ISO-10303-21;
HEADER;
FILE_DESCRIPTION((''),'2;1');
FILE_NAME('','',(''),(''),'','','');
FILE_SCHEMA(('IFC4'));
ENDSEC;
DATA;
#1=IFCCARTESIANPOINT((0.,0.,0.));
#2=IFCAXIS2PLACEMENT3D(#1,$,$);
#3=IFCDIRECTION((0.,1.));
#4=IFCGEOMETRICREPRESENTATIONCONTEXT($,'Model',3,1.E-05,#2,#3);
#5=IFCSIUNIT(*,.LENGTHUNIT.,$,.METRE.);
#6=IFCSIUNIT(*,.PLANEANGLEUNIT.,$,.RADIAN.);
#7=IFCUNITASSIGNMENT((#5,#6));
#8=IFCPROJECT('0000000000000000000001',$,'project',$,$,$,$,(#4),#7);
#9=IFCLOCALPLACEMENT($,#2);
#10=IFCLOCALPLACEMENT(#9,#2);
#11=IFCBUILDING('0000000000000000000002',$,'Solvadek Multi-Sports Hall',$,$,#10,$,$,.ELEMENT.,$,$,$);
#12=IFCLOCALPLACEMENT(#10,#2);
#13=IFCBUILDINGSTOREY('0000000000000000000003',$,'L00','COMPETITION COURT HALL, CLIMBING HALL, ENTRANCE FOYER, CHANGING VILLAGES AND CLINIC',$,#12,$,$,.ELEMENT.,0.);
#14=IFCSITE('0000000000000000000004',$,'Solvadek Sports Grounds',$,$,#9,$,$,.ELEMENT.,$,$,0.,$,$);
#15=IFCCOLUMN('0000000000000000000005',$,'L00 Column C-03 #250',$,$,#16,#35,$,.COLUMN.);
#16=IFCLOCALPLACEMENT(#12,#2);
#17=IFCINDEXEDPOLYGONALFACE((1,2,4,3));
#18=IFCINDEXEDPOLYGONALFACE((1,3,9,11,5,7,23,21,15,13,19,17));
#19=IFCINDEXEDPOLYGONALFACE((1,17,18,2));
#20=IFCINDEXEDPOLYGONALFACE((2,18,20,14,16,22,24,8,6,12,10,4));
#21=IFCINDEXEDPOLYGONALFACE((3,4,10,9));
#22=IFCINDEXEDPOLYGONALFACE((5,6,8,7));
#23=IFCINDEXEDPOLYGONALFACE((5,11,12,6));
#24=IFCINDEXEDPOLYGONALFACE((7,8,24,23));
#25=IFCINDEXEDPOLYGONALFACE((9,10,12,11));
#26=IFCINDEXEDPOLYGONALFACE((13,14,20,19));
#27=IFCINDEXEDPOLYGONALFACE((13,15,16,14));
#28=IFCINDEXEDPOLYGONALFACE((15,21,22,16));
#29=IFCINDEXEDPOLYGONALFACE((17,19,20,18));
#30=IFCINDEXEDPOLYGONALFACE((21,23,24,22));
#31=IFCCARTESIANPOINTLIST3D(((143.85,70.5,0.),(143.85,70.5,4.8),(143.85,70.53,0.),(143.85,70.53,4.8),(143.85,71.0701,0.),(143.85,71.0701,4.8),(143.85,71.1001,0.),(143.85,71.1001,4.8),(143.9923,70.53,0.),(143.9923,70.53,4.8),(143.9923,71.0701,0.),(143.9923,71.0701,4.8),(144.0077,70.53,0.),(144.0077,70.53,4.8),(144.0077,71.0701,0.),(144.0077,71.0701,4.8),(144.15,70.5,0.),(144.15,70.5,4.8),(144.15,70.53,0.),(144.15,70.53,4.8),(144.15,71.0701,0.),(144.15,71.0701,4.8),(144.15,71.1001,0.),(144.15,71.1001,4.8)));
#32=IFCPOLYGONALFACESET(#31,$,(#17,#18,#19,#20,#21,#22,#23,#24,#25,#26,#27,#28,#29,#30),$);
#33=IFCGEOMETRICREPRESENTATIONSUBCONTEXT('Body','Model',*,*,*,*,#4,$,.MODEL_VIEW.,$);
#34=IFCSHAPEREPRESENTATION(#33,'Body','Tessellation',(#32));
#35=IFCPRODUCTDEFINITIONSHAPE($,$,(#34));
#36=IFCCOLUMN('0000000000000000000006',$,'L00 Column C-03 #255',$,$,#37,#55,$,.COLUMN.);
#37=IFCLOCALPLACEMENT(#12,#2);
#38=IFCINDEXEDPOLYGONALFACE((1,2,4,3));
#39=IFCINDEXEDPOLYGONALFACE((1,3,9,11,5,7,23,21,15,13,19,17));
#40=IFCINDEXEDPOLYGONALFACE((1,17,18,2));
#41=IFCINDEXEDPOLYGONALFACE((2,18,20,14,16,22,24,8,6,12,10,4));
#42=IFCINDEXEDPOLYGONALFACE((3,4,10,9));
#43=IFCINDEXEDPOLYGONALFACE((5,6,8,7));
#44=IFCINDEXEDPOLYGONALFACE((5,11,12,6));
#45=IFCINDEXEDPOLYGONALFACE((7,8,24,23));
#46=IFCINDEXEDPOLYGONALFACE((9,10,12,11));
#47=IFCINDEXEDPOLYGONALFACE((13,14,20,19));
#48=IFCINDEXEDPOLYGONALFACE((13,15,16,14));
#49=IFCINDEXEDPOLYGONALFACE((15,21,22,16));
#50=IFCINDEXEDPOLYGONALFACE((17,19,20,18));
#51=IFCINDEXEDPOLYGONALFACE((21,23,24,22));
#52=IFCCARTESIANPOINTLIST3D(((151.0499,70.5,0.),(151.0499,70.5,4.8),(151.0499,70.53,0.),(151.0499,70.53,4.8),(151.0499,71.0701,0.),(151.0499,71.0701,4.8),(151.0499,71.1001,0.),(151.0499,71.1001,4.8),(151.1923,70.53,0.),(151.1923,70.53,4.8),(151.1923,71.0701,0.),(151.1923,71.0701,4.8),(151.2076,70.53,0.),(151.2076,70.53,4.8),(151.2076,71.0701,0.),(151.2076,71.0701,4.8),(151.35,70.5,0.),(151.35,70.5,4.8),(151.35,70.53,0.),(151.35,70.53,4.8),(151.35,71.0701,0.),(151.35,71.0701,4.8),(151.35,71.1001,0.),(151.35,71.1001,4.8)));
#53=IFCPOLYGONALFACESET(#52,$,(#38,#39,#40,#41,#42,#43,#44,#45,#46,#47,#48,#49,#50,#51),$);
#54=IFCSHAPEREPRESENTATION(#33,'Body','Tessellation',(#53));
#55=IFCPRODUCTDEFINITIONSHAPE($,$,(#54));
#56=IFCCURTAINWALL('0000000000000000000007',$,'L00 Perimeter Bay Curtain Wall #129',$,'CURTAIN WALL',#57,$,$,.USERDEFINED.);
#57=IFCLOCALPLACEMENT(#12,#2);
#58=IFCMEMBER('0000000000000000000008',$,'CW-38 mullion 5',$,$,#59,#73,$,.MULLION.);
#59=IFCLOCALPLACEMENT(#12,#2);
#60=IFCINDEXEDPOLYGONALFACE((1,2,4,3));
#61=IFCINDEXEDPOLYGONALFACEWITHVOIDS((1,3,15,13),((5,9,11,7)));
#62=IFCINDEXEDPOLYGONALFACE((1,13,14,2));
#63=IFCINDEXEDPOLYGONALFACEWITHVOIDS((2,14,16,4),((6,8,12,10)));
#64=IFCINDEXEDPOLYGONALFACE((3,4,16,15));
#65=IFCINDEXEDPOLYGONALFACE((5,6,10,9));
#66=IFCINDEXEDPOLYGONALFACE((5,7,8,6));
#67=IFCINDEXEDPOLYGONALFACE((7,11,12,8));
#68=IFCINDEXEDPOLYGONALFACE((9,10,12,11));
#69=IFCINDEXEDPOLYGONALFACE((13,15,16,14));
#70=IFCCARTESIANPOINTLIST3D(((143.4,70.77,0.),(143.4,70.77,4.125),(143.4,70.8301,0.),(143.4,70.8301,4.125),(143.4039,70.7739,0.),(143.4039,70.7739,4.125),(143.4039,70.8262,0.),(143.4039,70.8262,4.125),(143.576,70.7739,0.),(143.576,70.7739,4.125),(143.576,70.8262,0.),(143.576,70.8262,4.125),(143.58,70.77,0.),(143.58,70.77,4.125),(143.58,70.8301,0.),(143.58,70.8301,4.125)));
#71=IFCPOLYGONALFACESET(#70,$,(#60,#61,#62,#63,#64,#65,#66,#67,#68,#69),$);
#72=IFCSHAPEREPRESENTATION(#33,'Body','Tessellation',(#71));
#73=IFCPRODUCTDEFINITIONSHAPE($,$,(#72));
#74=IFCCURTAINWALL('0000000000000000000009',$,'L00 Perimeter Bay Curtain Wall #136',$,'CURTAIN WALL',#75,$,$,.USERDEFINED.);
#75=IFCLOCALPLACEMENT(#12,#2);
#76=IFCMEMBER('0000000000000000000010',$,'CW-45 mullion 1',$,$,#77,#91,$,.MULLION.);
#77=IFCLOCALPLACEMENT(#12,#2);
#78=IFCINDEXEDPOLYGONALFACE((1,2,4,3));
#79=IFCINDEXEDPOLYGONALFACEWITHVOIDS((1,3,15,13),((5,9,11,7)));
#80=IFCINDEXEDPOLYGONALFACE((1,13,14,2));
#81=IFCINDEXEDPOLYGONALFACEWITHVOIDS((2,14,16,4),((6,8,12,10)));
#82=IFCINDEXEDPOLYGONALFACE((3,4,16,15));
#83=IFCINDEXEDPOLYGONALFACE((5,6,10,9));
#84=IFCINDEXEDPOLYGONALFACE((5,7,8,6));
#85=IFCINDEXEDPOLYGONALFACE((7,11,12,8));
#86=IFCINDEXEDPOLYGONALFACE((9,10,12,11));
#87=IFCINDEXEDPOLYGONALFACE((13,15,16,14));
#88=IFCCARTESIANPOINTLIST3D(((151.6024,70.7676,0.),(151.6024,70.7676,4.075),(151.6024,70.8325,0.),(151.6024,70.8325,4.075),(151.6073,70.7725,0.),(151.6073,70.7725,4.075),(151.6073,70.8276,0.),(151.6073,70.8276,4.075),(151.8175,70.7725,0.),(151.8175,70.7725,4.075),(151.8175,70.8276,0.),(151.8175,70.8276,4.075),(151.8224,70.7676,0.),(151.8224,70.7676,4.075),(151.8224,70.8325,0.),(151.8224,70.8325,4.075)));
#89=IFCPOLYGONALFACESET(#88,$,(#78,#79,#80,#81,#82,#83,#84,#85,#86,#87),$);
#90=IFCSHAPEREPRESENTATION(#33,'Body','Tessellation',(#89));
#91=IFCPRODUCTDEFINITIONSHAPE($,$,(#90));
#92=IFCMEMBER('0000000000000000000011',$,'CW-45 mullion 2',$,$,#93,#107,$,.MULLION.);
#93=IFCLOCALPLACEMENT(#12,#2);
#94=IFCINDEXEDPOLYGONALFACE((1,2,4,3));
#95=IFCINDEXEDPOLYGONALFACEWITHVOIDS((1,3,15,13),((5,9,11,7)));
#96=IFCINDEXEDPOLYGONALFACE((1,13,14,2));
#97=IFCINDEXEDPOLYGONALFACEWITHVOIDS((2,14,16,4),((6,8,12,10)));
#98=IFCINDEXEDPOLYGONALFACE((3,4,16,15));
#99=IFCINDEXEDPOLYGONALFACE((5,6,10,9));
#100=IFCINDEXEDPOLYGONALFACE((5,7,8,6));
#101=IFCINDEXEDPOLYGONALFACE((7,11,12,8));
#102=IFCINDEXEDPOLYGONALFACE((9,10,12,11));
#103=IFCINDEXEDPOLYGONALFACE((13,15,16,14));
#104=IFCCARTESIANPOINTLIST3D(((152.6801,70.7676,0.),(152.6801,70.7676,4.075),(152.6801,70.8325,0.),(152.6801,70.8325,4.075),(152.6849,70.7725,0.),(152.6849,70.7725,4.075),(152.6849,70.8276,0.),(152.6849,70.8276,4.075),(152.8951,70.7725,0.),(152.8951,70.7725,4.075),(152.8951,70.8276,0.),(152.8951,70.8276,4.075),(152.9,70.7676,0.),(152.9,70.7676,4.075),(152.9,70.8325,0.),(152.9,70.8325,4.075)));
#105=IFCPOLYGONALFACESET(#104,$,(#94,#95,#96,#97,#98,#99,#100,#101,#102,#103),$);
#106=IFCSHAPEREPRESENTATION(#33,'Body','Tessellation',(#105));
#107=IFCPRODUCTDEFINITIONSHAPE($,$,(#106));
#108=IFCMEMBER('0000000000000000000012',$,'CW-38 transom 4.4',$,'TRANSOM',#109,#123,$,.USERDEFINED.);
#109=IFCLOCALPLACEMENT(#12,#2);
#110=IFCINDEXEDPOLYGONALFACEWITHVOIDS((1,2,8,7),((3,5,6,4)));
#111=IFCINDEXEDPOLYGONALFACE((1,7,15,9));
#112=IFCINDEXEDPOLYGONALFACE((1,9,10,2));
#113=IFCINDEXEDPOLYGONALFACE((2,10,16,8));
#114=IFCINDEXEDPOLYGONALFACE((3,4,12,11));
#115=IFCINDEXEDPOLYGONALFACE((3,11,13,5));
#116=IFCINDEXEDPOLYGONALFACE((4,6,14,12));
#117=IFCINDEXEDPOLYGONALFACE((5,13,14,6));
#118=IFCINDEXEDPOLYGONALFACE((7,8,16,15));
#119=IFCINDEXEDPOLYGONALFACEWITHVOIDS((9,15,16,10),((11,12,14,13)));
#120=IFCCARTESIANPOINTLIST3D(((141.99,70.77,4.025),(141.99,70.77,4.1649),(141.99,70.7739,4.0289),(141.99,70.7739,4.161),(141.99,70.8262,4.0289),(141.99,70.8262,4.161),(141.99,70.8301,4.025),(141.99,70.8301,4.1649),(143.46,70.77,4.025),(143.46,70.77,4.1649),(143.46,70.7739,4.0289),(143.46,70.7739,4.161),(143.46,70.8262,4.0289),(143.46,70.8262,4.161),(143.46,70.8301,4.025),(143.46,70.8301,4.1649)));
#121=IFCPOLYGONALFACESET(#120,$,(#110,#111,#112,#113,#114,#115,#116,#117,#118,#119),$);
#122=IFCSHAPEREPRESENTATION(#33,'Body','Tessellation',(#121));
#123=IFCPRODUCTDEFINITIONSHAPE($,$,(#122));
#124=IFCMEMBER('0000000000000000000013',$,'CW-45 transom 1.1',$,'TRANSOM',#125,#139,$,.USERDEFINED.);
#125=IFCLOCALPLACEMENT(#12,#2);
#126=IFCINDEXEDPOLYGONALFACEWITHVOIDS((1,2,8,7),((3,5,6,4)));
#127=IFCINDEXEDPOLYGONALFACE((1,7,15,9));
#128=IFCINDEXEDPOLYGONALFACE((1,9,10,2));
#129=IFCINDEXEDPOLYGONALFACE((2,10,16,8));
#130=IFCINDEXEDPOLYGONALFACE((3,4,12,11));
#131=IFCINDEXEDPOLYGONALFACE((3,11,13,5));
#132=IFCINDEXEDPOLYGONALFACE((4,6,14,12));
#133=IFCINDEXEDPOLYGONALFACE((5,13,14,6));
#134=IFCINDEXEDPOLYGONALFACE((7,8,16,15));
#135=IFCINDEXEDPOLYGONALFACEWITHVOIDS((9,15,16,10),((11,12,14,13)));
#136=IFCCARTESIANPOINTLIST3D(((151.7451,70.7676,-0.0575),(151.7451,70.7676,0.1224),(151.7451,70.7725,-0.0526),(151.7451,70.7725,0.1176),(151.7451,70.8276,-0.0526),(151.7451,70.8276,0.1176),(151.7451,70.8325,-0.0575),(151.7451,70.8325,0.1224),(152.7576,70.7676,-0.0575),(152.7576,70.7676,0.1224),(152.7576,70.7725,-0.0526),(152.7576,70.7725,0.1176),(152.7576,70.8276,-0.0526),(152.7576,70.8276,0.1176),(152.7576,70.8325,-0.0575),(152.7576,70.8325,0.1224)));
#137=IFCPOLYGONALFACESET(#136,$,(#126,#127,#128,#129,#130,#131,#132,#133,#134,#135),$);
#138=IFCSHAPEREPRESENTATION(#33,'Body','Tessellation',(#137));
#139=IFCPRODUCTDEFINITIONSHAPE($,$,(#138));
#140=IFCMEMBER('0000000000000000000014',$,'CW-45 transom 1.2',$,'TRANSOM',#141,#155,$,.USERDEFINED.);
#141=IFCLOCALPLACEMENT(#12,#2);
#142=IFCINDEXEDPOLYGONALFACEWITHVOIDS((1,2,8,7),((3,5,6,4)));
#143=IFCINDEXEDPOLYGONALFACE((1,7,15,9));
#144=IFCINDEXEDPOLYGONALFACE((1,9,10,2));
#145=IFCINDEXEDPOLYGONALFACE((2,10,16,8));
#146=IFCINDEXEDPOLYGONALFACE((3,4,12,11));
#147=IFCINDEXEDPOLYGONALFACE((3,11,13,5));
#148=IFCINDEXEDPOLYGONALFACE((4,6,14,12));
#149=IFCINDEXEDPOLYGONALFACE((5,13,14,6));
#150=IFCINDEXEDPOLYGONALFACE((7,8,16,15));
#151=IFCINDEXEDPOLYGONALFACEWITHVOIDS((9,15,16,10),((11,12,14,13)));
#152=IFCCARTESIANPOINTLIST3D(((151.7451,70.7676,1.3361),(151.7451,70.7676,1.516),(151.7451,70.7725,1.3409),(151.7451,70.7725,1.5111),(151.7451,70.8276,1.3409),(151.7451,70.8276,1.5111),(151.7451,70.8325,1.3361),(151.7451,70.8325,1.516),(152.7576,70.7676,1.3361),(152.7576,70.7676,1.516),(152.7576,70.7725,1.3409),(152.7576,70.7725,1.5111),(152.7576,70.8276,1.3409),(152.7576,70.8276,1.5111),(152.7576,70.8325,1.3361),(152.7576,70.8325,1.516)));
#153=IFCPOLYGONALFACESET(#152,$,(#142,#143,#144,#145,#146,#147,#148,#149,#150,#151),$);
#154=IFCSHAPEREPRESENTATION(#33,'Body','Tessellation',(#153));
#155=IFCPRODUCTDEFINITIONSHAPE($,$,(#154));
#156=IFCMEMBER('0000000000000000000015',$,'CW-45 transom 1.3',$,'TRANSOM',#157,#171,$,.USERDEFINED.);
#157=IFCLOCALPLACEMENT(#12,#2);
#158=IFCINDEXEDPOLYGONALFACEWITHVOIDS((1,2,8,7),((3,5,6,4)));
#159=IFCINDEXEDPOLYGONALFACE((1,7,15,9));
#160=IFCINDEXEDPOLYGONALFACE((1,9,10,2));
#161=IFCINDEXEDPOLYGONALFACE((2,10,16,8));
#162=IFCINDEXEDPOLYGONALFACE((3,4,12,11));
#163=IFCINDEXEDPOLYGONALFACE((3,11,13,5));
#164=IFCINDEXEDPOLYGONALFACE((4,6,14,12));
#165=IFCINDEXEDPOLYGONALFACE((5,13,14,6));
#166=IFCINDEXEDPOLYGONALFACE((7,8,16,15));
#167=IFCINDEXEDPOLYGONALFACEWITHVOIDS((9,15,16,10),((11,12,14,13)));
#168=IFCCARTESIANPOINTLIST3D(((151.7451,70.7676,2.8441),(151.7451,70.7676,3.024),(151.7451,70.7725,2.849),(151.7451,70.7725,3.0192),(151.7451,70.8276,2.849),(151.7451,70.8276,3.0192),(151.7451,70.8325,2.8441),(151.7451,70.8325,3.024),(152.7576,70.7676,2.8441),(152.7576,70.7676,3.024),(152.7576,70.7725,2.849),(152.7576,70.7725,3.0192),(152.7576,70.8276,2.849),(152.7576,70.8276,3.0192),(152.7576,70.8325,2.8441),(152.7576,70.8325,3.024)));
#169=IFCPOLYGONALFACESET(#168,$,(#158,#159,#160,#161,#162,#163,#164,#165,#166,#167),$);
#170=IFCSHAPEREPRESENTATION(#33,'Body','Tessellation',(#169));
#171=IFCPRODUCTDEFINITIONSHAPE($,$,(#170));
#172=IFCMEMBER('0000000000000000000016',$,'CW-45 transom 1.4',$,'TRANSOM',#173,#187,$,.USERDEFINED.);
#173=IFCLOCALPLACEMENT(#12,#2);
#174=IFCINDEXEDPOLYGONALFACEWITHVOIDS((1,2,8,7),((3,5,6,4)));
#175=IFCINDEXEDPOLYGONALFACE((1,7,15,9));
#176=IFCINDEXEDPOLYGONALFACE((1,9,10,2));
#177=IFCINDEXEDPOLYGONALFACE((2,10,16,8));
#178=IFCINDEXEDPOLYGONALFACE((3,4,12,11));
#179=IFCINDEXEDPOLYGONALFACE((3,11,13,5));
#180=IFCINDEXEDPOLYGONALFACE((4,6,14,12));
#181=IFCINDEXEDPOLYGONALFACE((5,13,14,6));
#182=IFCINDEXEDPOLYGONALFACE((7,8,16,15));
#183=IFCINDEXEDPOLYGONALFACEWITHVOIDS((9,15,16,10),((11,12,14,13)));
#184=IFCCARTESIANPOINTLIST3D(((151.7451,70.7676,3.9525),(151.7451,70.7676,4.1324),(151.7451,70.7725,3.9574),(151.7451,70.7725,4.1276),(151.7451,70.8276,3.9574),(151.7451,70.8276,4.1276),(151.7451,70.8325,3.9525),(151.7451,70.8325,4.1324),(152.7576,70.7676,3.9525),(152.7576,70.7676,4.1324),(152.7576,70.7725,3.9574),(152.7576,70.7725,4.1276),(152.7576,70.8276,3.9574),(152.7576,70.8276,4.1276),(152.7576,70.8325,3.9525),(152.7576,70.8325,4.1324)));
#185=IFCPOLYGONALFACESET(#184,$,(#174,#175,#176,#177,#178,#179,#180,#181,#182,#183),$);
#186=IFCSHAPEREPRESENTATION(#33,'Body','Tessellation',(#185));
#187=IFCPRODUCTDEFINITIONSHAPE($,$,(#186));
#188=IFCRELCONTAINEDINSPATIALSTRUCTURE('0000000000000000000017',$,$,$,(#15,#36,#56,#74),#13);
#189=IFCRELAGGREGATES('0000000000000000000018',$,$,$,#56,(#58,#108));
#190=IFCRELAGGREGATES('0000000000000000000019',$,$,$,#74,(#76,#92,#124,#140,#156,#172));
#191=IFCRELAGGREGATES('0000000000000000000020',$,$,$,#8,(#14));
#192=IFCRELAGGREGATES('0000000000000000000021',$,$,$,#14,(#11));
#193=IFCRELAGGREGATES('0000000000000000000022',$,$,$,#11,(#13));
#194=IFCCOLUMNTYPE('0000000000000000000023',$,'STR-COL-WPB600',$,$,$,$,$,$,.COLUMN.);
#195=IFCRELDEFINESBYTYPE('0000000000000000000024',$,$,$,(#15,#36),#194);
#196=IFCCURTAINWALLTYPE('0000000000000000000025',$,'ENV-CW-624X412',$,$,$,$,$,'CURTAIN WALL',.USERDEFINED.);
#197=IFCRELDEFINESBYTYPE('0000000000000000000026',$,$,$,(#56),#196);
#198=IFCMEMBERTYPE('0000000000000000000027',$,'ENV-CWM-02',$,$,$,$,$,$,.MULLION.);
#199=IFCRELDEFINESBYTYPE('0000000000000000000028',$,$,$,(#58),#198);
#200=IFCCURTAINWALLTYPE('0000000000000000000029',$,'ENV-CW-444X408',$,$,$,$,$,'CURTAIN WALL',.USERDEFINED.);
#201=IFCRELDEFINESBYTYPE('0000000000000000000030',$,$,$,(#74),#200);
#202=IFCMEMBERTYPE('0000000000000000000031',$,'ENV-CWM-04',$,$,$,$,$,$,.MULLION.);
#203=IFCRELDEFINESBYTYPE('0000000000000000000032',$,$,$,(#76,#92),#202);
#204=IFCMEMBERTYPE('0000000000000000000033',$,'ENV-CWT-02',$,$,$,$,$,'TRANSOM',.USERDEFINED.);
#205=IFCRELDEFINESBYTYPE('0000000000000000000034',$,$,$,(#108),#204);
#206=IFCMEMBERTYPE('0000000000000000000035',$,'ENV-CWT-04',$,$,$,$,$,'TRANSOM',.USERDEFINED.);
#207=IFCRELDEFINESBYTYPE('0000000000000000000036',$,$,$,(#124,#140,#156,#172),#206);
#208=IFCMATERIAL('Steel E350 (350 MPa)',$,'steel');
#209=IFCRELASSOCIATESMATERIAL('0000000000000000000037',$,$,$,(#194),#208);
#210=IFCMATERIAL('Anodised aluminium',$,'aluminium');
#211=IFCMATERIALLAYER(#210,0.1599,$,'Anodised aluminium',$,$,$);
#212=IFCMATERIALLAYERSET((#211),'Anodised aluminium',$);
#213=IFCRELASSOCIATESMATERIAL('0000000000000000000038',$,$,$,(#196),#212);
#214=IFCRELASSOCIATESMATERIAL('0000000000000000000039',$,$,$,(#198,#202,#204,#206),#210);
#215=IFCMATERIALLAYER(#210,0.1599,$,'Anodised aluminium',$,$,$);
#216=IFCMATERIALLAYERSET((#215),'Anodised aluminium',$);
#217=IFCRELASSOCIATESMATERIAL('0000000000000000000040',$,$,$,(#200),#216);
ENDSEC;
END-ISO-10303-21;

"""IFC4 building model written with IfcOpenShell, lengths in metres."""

from ifc_helpers import new_model, si_unit, direction, frame, origin, origin_2d, place, context, subcontext, project, spatial, hollow_rectangle, i_section, extrude, material, layer, layer_set, material_profile, profile_set, type_object, element, aggregate, save


model = new_model("IFC4")

# Units and contexts
model_context = context("Model", 3, precision=1e-05, world=origin(), true_north=direction((0.0, 1.0)))
body_context = subcontext(model_context, "Body", "Model", "MODEL_VIEW")
ifc_project = project(units=[si_unit("LENGTHUNIT", "METRE"), si_unit("PLANEANGLEUNIT", "RADIAN")], contexts=[model_context])

# Site, building, storey
site_placement = place(None, origin())
site = spatial("IfcSite", under=ifc_project, at=site_placement, Name="Solvadek Sports Grounds", CompositionType="ELEMENT", RefElevation=0.0)
building_placement = place(site_placement, origin())
building = spatial("IfcBuilding", under=site, at=building_placement, Name="Solvadek Multi-Sports Hall", CompositionType="ELEMENT")
storey_placement = place(building_placement, origin())
storey = spatial("IfcBuildingStorey", under=building, at=storey_placement, Name="L00", Description="COMPETITION COURT HALL, CLIMBING HALL, ENTRANCE FOYER, CHANGING VILLAGES AND CLINIC", CompositionType="ELEMENT", Elevation=0.0)

# Columns
ifc_material_1 = material(Name="Steel E350 (350 MPa)", Category="steel")
ifc_material_profile_1 = material_profile(ifc_material_1, i_section(OverallWidth=0.3, OverallDepth=0.6001, WebThickness=0.0154, FlangeThickness=0.03, at=origin_2d()), Name="WPB 600")
ifc_profile_set_1 = profile_set([ifc_material_profile_1], Name="Steel E350 (350 MPa)")
column_type = type_object("IfcColumnType", Name="STR-COL-WPB600", PredefinedType="COLUMN", material=ifc_profile_set_1)
for number, where, z_axis, x_axis, name in (
    (1, (144.0, 70.8, 0.0), (0.0, 0.0, 1.0), (1.0, 0.0, 0.0), "L00 Column C-03 #250"),
    (2, (151.2, 70.8, 0.0), (0.0, 0.0, 1.0), (1.0, 0.0, 0.0), "L00 Column C-03 #255"),
):
    element("IfcColumn", number, at=place(storey_placement, frame(where, z_axis=z_axis, x_axis=x_axis)), inside=storey, type_object=column_type, Name=name, PredefinedType="COLUMN", context=body_context, shape_type="SweptSolid", body=[
        extrude(i_section(OverallWidth=0.3, OverallDepth=0.6001, WebThickness=0.0154, FlangeThickness=0.03, at=origin_2d()), origin(), (0.0, 0.0, 1.0), 4.8),
    ])

# Curtain wall, member
ifc_material_2 = material(Name="Anodised aluminium", Category="aluminium")
ifc_layer_1 = layer(ifc_material_2, 0.1599, Name="Anodised aluminium")
ifc_layer_set_1 = layer_set([ifc_layer_1], Name="Anodised aluminium")
curtain_wall_type_1 = type_object("IfcCurtainWallType", Name="ENV-CW-624X412", ElementType="CURTAIN WALL", PredefinedType="USERDEFINED", material=ifc_layer_set_1)
curtain_wall_1_placement = place(storey_placement, origin())
curtain_wall_1 = element("IfcCurtainWall", 3, at=curtain_wall_1_placement, inside=storey, type_object=curtain_wall_type_1, Name="L00 Perimeter Bay Curtain Wall #129", ObjectType="CURTAIN WALL", PredefinedType="USERDEFINED")
ifc_material_profile_2 = material_profile(ifc_material_2, hollow_rectangle(XDim=0.0601, YDim=0.1799, WallThickness=0.0039, at=origin_2d()), Name="ALU-M 180x60x4")
ifc_profile_set_2 = profile_set([ifc_material_profile_2], Name="Anodised aluminium")
member_type_1 = type_object("IfcMemberType", Name="ENV-CWM-02", PredefinedType="MULLION", material=ifc_profile_set_2)
member_1_placement = place(storey_placement, frame((143.49, 70.8, 0.0), z_axis=(0.0, 0.0, 1.0), x_axis=(0.0, 1.0, 0.0)))
member_1 = element("IfcMember", 4, at=member_1_placement, type_object=member_type_1, Name="CW-38 mullion 5", PredefinedType="MULLION", context=body_context, shape_type="SweptSolid", body=[
    extrude(hollow_rectangle(XDim=0.0601, YDim=0.1799, WallThickness=0.0039, at=origin_2d()), origin(), (0.0, 0.0, 1.0), 4.125),
])

# Curtain wall, members
ifc_layer_2 = layer(ifc_material_2, 0.1599, Name="Anodised aluminium")
ifc_layer_set_2 = layer_set([ifc_layer_2], Name="Anodised aluminium")
curtain_wall_type_2 = type_object("IfcCurtainWallType", Name="ENV-CW-444X408", ElementType="CURTAIN WALL", PredefinedType="USERDEFINED", material=ifc_layer_set_2)
curtain_wall_2_placement = place(storey_placement, origin())
curtain_wall_2 = element("IfcCurtainWall", 5, at=curtain_wall_2_placement, inside=storey, type_object=curtain_wall_type_2, Name="L00 Perimeter Bay Curtain Wall #136", ObjectType="CURTAIN WALL", PredefinedType="USERDEFINED")
ifc_material_profile_3 = material_profile(ifc_material_2, hollow_rectangle(XDim=0.0649, YDim=0.22, WallThickness=0.0049, at=origin_2d()), Name="ALU-M 220x65x5")
ifc_profile_set_3 = profile_set([ifc_material_profile_3], Name="Anodised aluminium")
member_type_2 = type_object("IfcMemberType", Name="ENV-CWM-04", PredefinedType="MULLION", material=ifc_profile_set_3)
member_2_placement = place(storey_placement, frame((151.7124, 70.8, 0.0), z_axis=(0.0, 0.0, 1.0), x_axis=(0.0, 1.0, 0.0)))
member_2 = element("IfcMember", 6, at=member_2_placement, type_object=member_type_2, Name="CW-45 mullion 1", PredefinedType="MULLION", context=body_context, shape_type="SweptSolid", body=[
    extrude(hollow_rectangle(XDim=0.0649, YDim=0.22, WallThickness=0.0049, at=origin_2d()), origin(), (0.0, 0.0, 1.0), 4.075),
])
member_3_placement = place(storey_placement, frame((152.79, 70.8, 0.0), z_axis=(0.0, 0.0, 1.0), x_axis=(0.0, 1.0, 0.0)))
member_3 = element("IfcMember", 7, at=member_3_placement, type_object=member_type_2, Name="CW-45 mullion 2", PredefinedType="MULLION", context=body_context, shape_type="SweptSolid", body=[
    extrude(hollow_rectangle(XDim=0.0649, YDim=0.22, WallThickness=0.0049, at=origin_2d()), origin(), (0.0, 0.0, 1.0), 4.075),
])

# Members
ifc_material_profile_4 = material_profile(ifc_material_2, hollow_rectangle(XDim=0.0601, YDim=0.1399, WallThickness=0.0039, at=origin_2d()), Name="ALU-T 140x60x4")
ifc_profile_set_4 = profile_set([ifc_material_profile_4], Name="Anodised aluminium")
member_type_3 = type_object("IfcMemberType", Name="ENV-CWT-02", ElementType="TRANSOM", PredefinedType="USERDEFINED", material=ifc_profile_set_4)
member_4_placement = place(storey_placement, frame((141.99, 70.8, 4.095), z_axis=(1.0, 0.0, 0.0), x_axis=(0.0, 1.0, 0.0)))
member_4 = element("IfcMember", 8, at=member_4_placement, type_object=member_type_3, Name="CW-38 transom 4.4", ObjectType="TRANSOM", PredefinedType="USERDEFINED", context=body_context, shape_type="SweptSolid", body=[
    extrude(hollow_rectangle(XDim=0.0601, YDim=0.1399, WallThickness=0.0039, at=origin_2d()), origin(), (0.0, 0.0, 1.0), 1.47),
])
ifc_material_profile_5 = material_profile(ifc_material_2, hollow_rectangle(XDim=0.0649, YDim=0.1799, WallThickness=0.0049, at=origin_2d()), Name="ALU-T 180x65x5")
ifc_profile_set_5 = profile_set([ifc_material_profile_5], Name="Anodised aluminium")
member_type_4 = type_object("IfcMemberType", Name="ENV-CWT-04", ElementType="TRANSOM", PredefinedType="USERDEFINED", material=ifc_profile_set_5)
member_5_placement = place(storey_placement, frame((151.7451, 70.8, 0.0325), z_axis=(1.0, 0.0, 0.0), x_axis=(0.0, 1.0, 0.0)))
member_5 = element("IfcMember", 9, at=member_5_placement, type_object=member_type_4, Name="CW-45 transom 1.1", ObjectType="TRANSOM", PredefinedType="USERDEFINED", context=body_context, shape_type="SweptSolid", body=[
    extrude(hollow_rectangle(XDim=0.0649, YDim=0.1799, WallThickness=0.0049, at=origin_2d()), origin(), (0.0, 0.0, 1.0), 1.0125),
])
member_6_placement = place(storey_placement, frame((151.7451, 70.8, 1.426), z_axis=(1.0, 0.0, 0.0), x_axis=(0.0, 1.0, 0.0)))
member_6 = element("IfcMember", 10, at=member_6_placement, type_object=member_type_4, Name="CW-45 transom 1.2", ObjectType="TRANSOM", PredefinedType="USERDEFINED", context=body_context, shape_type="SweptSolid", body=[
    extrude(hollow_rectangle(XDim=0.0649, YDim=0.1799, WallThickness=0.0049, at=origin_2d()), origin(), (0.0, 0.0, 1.0), 1.0125),
])
member_7_placement = place(storey_placement, frame((151.7451, 70.8, 2.9341), z_axis=(1.0, 0.0, 0.0), x_axis=(0.0, 1.0, 0.0)))
member_7 = element("IfcMember", 11, at=member_7_placement, type_object=member_type_4, Name="CW-45 transom 1.3", ObjectType="TRANSOM", PredefinedType="USERDEFINED", context=body_context, shape_type="SweptSolid", body=[
    extrude(hollow_rectangle(XDim=0.0649, YDim=0.1799, WallThickness=0.0049, at=origin_2d()), origin(), (0.0, 0.0, 1.0), 1.0125),
])
member_8_placement = place(storey_placement, frame((151.7451, 70.8, 4.0425), z_axis=(1.0, 0.0, 0.0), x_axis=(0.0, 1.0, 0.0)))
member_8 = element("IfcMember", 12, at=member_8_placement, type_object=member_type_4, Name="CW-45 transom 1.4", ObjectType="TRANSOM", PredefinedType="USERDEFINED", context=body_context, shape_type="SweptSolid", body=[
    extrude(hollow_rectangle(XDim=0.0649, YDim=0.1799, WallThickness=0.0049, at=origin_2d()), origin(), (0.0, 0.0, 1.0), 1.0125),
])

aggregate(curtain_wall_1, [member_1, member_4])
aggregate(curtain_wall_2, [member_2, member_3, member_5, member_6, member_7, member_8])

save(model, "model.ifc")
